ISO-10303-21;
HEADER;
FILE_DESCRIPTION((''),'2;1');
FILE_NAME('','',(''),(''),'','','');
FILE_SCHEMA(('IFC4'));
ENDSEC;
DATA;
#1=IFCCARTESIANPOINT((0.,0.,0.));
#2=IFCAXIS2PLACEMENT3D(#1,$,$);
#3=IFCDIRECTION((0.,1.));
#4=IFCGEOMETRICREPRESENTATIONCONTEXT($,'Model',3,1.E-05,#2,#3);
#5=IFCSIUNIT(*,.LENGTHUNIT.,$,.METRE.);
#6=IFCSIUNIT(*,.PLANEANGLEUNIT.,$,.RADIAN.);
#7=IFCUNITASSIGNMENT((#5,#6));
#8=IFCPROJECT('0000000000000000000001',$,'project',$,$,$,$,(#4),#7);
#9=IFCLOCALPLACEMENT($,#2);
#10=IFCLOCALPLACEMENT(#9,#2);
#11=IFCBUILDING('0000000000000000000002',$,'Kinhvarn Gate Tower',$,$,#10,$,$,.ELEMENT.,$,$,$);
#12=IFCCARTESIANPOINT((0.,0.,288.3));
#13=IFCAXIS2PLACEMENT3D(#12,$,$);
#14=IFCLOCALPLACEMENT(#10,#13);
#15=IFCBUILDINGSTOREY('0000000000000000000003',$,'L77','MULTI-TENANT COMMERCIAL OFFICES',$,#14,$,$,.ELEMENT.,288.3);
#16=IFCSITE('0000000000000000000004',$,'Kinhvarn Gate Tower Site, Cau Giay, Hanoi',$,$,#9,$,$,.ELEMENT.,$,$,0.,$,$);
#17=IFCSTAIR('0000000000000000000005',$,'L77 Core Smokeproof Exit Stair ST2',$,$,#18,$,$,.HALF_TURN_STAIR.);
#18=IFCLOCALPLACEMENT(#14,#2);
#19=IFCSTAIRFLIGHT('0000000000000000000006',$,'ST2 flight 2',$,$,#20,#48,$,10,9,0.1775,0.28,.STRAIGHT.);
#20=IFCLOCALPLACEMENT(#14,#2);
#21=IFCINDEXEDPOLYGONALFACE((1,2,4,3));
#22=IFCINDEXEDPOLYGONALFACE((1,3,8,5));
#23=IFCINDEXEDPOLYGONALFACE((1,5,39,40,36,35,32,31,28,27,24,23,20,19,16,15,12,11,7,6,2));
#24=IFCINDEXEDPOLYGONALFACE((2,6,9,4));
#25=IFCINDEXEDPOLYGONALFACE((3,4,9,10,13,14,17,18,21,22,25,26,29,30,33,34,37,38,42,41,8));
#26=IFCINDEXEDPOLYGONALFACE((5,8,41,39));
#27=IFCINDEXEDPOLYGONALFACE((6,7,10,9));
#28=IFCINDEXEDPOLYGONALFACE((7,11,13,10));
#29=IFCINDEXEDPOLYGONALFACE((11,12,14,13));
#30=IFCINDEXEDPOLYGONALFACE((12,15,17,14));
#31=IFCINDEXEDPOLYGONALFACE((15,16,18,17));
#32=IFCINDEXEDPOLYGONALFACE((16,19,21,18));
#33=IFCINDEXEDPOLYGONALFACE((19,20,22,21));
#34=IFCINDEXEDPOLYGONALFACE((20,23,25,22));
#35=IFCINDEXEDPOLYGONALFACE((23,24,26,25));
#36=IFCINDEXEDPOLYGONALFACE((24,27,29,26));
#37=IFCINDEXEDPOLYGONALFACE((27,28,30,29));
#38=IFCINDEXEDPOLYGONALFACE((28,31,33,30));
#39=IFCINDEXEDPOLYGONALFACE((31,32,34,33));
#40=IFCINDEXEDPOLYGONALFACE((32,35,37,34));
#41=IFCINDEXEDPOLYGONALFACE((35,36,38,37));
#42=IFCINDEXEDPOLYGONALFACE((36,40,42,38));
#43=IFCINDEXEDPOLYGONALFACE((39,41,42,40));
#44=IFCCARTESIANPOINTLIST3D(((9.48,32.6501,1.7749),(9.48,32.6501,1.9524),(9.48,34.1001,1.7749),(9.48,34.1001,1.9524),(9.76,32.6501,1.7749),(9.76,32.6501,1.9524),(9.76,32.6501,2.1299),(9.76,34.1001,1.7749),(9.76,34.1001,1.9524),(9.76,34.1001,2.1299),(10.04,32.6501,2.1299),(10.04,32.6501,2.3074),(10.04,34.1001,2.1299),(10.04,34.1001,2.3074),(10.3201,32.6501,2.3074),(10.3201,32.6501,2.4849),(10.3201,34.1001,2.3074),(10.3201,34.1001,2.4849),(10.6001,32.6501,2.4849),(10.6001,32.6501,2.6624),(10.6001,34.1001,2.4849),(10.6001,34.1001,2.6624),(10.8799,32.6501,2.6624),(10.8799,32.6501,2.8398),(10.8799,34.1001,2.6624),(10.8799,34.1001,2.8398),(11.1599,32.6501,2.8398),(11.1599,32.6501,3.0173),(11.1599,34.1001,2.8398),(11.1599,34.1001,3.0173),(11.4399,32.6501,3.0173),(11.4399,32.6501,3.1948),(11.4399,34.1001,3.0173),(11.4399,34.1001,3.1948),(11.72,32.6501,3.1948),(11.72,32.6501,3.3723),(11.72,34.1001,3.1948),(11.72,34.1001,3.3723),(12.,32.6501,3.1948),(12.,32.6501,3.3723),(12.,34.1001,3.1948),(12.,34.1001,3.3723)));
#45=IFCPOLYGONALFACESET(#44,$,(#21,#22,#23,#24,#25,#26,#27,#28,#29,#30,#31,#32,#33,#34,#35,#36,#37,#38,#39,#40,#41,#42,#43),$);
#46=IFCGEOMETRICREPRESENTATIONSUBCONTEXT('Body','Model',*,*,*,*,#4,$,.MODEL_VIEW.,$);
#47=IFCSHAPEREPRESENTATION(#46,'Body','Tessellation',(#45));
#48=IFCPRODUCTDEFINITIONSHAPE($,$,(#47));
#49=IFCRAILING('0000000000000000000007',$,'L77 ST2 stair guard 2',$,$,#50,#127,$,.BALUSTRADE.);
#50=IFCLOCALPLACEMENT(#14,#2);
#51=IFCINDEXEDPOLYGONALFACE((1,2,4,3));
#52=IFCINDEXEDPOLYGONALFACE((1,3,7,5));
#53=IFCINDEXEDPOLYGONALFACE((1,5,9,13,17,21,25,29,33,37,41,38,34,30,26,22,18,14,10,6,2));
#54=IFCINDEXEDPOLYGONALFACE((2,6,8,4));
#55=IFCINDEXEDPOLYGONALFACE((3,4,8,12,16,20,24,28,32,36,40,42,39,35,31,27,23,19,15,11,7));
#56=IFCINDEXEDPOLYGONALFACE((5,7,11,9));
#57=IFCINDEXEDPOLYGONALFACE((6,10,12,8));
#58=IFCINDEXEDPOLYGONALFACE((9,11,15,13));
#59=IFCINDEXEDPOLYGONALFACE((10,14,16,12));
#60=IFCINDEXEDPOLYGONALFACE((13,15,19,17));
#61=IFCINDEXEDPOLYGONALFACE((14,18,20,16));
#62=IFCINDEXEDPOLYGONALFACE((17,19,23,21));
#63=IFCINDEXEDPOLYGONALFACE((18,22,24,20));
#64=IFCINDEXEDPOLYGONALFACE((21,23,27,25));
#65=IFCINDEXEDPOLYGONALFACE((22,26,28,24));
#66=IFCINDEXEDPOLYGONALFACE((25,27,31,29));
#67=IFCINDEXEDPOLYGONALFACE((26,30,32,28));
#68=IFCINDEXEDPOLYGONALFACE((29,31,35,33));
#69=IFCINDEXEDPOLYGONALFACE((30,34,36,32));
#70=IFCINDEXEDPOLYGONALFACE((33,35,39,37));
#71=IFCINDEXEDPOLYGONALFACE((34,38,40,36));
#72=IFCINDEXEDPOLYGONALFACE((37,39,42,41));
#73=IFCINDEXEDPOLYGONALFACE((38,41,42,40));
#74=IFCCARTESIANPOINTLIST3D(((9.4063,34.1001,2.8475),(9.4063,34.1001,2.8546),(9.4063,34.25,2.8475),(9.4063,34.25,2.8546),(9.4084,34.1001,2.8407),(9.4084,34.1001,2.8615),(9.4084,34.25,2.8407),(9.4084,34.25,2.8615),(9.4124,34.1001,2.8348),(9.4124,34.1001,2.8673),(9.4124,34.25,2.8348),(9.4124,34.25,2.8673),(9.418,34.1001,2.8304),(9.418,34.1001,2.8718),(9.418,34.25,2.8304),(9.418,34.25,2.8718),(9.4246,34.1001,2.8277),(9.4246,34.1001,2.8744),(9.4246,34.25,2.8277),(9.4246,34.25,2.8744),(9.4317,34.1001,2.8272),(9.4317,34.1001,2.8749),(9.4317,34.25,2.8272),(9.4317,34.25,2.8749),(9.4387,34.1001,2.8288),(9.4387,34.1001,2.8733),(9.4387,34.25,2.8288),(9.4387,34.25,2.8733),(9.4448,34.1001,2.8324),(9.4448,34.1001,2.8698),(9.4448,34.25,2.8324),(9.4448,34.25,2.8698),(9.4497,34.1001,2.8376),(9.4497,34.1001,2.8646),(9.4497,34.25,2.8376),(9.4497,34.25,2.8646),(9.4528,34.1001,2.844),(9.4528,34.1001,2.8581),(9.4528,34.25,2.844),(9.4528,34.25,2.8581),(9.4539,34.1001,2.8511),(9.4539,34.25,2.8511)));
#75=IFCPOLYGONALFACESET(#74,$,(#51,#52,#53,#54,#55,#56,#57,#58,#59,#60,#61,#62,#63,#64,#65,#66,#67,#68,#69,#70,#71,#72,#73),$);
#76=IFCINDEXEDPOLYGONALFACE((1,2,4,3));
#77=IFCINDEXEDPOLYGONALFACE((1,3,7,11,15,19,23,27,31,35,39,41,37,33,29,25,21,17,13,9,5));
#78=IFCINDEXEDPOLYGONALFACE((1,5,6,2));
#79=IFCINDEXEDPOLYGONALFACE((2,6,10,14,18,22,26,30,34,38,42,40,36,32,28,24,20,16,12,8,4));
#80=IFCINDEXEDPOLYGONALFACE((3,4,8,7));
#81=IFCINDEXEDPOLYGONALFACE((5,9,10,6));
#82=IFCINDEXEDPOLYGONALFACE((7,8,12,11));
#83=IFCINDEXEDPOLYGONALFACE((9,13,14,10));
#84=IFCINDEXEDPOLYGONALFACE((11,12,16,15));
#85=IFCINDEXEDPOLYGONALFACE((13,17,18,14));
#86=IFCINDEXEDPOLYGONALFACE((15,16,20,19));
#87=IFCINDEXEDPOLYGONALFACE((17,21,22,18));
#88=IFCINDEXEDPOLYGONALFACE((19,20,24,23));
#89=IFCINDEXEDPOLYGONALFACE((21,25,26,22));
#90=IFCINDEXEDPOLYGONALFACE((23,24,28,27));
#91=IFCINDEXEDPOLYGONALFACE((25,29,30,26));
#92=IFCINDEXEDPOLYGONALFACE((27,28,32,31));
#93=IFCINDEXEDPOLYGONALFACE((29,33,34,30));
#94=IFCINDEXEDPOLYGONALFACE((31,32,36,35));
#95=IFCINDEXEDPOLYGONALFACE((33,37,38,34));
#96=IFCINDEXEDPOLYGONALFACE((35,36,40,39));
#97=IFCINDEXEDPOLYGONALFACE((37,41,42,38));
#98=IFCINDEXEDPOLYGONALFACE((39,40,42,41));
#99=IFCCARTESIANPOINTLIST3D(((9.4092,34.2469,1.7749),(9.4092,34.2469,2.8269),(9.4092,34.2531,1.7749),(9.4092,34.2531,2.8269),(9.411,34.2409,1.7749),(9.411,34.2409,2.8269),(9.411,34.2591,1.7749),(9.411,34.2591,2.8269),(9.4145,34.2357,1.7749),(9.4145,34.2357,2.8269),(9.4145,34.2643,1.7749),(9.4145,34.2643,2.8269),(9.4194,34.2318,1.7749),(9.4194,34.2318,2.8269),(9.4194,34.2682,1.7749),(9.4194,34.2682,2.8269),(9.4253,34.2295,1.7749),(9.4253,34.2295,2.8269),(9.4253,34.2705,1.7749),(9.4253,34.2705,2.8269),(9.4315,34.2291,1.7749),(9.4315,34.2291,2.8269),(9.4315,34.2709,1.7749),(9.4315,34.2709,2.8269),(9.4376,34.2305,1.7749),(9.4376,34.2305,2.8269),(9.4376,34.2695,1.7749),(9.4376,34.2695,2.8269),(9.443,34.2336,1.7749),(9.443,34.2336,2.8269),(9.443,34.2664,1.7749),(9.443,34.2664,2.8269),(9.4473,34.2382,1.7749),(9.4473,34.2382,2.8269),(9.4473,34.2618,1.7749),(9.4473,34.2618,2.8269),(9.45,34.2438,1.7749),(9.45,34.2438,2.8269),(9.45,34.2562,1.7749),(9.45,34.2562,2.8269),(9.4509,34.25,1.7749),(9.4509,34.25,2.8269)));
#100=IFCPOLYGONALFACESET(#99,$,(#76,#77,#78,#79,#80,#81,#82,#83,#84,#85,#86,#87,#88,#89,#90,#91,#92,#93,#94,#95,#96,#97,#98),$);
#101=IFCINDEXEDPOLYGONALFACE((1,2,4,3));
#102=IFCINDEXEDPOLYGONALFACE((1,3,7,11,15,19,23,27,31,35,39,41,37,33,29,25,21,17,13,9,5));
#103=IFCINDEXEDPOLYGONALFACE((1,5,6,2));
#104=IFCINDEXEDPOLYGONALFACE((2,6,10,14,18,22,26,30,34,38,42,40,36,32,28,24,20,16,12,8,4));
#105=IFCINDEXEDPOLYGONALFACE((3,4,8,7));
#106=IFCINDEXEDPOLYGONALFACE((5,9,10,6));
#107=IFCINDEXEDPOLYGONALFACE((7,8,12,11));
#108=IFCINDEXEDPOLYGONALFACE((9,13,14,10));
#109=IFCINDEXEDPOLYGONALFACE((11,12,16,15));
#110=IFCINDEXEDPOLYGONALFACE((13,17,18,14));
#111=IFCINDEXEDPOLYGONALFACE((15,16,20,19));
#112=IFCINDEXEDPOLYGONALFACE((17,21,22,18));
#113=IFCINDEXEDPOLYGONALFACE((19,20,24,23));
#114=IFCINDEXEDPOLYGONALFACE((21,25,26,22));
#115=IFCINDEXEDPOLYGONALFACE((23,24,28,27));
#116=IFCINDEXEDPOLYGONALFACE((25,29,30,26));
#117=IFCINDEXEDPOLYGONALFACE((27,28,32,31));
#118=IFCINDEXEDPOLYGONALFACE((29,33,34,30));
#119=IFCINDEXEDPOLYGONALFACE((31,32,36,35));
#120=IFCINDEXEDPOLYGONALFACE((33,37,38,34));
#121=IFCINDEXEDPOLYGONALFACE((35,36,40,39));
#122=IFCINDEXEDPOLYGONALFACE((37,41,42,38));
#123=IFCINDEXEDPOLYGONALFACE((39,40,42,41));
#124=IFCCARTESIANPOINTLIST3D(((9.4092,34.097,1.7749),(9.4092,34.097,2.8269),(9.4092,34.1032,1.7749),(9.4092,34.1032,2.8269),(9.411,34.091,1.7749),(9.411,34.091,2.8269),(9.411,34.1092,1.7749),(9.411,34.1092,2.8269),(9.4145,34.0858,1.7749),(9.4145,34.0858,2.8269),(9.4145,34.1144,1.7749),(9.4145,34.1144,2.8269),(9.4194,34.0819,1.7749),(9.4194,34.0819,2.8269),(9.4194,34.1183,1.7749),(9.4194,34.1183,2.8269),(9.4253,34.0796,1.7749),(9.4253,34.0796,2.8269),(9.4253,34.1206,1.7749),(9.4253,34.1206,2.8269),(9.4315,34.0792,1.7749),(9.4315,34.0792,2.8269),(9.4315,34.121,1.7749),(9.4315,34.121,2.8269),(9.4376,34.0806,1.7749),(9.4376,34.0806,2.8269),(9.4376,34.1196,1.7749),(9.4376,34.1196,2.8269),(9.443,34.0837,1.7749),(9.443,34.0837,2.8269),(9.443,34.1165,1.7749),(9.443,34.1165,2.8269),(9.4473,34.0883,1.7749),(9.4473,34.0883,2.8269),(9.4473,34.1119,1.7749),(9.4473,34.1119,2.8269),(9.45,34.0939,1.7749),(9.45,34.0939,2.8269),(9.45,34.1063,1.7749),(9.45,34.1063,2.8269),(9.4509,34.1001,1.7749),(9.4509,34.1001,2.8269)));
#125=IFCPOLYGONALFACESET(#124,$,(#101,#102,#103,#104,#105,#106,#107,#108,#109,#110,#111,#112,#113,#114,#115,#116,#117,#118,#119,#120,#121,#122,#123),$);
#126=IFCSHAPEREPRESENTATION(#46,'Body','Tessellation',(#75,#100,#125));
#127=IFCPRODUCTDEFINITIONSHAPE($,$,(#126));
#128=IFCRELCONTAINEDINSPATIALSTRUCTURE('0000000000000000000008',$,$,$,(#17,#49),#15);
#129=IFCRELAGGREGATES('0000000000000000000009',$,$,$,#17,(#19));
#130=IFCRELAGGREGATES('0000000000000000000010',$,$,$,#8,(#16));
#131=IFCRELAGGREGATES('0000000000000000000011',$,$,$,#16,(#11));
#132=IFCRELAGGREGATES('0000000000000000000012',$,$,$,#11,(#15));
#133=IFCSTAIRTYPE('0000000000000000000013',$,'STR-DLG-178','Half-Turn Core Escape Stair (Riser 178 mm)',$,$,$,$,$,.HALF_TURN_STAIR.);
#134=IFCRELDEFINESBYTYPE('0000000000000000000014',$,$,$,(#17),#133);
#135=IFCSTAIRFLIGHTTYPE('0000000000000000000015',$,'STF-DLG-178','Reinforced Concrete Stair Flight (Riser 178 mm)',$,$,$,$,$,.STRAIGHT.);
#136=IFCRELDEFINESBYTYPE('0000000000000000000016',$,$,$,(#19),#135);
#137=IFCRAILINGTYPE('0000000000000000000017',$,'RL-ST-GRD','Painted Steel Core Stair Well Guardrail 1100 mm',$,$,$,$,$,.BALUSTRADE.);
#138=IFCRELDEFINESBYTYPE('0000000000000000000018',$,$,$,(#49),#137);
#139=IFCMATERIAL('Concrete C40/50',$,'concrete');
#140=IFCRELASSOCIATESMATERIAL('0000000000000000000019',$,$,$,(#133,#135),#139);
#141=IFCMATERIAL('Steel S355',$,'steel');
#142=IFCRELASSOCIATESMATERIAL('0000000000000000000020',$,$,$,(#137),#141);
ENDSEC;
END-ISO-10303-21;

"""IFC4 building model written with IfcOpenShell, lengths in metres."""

from ifc_helpers import new_model, si_unit, direction, frame, origin, origin_2d, place, context, subcontext, project, spatial, polyline, circle, outline, extrude, material, type_object, element, aggregate, save


model = new_model("IFC4")

# Units and contexts
model_context = context("Model", 3, precision=1e-05, world=origin(), true_north=direction((0.0, 1.0)))
body_context = subcontext(model_context, "Body", "Model", "MODEL_VIEW")
ifc_project = project(units=[si_unit("LENGTHUNIT", "METRE"), si_unit("PLANEANGLEUNIT", "RADIAN")], contexts=[model_context])

# Site, building, storey
site_placement = place(None, origin())
site = spatial("IfcSite", under=ifc_project, at=site_placement, Name="Kinhvarn Gate Tower Site, Cau Giay, Hanoi", CompositionType="ELEMENT", RefElevation=0.0)
building_placement = place(site_placement, origin())
building = spatial("IfcBuilding", under=site, at=building_placement, Name="Kinhvarn Gate Tower", CompositionType="ELEMENT")
storey_placement = place(building_placement, frame((0.0, 0.0, 288.3)))
storey = spatial("IfcBuildingStorey", under=building, at=storey_placement, Name="L77", Description="MULTI-TENANT COMMERCIAL OFFICES", CompositionType="ELEMENT", Elevation=288.3)

# Shared definitions
ifc_material_1 = material(Name="Concrete C40/50", Category="concrete")

# Stair, stair flight
stair_type = type_object("IfcStairType", Name="STR-DLG-178", Description="Half-Turn Core Escape Stair (Riser 178 mm)", PredefinedType="HALF_TURN_STAIR", material=ifc_material_1)
stair_placement = place(storey_placement, origin())
stair = element("IfcStair", 1, at=stair_placement, inside=storey, type_object=stair_type, Name="L77 Core Smokeproof Exit Stair ST2", PredefinedType="HALF_TURN_STAIR")
stair_flight_type = type_object("IfcStairFlightType", Name="STF-DLG-178", Description="Reinforced Concrete Stair Flight (Riser 178 mm)", PredefinedType="STRAIGHT", material=ifc_material_1)
stair_flight_placement = place(storey_placement, frame((9.48, 33.375, 1.7749), z_axis=(0.0, 0.0, 1.0), x_axis=(1.0, 0.0, 0.0)))
stair_flight = element("IfcStairFlight", 2, at=stair_flight_placement, type_object=stair_flight_type, Name="ST2 flight 2", NumberOfRisers=10, NumberOfTreads=9, PredefinedType="STRAIGHT", RiserHeight=0.1775, TreadLength=0.28, context=body_context, shape_type="SweptSolid", body=[
    extrude(outline(polyline([(0.0, 0.0), (0.0, 0.1775), (0.28, 0.1775), (0.28, 0.355), (0.5601, 0.355), (0.5601, 0.5325), (0.8401, 0.5325), (0.8401, 0.71), (1.1201, 0.71), (1.1201, 0.8875), (1.3999, 0.8875), (1.3999, 1.0649), (1.6799, 1.0649), (1.6799, 1.2424), (1.96, 1.2424), (1.96, 1.4199), (2.24, 1.4199), (2.24, 1.5974), (2.52, 1.5974), (2.52, 1.7749), (2.52, 1.4199), (0.28, 0.0), (0.0, 0.0)])), frame((0.0, 0.7251, 0.0), z_axis=(0.0, -1.0, 0.0), x_axis=(1.0, 0.0, 0.0)), (0.0, 0.0, 1.0), 1.45),
])
aggregate(stair, [stair_flight])

# Railing
ifc_material_2 = material(Name="Steel S355", Category="steel")
railing_type_1 = type_object("IfcRailingType", Name="RL-ST-GRD", Description="Painted Steel Core Stair Well Guardrail 1100 mm", PredefinedType="BALUSTRADE", material=ifc_material_2)
railing_1_placement = place(storey_placement, frame((9.4299, 34.25, 1.7749)))
element("IfcRailing", 3, at=railing_1_placement, inside=storey, type_object=railing_type_1, Name="L77 ST2 stair guard 2", PredefinedType="BALUSTRADE", context=body_context, shape_type="SweptSolid", body=[
    extrude(circle(Radius=0.0239, at=origin_2d()), frame((0.0, 0.0, 1.0762), z_axis=(0.0, -1.0, 0.0), x_axis=(1.0, 0.0, 0.0)), (0.0, 0.0, 1.0), 0.1499),
    extrude(circle(Radius=0.021, at=origin_2d()), origin(), (0.0, 0.0, 1.0), 1.052),
    extrude(circle(Radius=0.021, at=origin_2d()), frame((0.0, -0.1499, 0.0)), (0.0, 0.0, 1.0), 1.052),
])

save(model, "model.ifc")
